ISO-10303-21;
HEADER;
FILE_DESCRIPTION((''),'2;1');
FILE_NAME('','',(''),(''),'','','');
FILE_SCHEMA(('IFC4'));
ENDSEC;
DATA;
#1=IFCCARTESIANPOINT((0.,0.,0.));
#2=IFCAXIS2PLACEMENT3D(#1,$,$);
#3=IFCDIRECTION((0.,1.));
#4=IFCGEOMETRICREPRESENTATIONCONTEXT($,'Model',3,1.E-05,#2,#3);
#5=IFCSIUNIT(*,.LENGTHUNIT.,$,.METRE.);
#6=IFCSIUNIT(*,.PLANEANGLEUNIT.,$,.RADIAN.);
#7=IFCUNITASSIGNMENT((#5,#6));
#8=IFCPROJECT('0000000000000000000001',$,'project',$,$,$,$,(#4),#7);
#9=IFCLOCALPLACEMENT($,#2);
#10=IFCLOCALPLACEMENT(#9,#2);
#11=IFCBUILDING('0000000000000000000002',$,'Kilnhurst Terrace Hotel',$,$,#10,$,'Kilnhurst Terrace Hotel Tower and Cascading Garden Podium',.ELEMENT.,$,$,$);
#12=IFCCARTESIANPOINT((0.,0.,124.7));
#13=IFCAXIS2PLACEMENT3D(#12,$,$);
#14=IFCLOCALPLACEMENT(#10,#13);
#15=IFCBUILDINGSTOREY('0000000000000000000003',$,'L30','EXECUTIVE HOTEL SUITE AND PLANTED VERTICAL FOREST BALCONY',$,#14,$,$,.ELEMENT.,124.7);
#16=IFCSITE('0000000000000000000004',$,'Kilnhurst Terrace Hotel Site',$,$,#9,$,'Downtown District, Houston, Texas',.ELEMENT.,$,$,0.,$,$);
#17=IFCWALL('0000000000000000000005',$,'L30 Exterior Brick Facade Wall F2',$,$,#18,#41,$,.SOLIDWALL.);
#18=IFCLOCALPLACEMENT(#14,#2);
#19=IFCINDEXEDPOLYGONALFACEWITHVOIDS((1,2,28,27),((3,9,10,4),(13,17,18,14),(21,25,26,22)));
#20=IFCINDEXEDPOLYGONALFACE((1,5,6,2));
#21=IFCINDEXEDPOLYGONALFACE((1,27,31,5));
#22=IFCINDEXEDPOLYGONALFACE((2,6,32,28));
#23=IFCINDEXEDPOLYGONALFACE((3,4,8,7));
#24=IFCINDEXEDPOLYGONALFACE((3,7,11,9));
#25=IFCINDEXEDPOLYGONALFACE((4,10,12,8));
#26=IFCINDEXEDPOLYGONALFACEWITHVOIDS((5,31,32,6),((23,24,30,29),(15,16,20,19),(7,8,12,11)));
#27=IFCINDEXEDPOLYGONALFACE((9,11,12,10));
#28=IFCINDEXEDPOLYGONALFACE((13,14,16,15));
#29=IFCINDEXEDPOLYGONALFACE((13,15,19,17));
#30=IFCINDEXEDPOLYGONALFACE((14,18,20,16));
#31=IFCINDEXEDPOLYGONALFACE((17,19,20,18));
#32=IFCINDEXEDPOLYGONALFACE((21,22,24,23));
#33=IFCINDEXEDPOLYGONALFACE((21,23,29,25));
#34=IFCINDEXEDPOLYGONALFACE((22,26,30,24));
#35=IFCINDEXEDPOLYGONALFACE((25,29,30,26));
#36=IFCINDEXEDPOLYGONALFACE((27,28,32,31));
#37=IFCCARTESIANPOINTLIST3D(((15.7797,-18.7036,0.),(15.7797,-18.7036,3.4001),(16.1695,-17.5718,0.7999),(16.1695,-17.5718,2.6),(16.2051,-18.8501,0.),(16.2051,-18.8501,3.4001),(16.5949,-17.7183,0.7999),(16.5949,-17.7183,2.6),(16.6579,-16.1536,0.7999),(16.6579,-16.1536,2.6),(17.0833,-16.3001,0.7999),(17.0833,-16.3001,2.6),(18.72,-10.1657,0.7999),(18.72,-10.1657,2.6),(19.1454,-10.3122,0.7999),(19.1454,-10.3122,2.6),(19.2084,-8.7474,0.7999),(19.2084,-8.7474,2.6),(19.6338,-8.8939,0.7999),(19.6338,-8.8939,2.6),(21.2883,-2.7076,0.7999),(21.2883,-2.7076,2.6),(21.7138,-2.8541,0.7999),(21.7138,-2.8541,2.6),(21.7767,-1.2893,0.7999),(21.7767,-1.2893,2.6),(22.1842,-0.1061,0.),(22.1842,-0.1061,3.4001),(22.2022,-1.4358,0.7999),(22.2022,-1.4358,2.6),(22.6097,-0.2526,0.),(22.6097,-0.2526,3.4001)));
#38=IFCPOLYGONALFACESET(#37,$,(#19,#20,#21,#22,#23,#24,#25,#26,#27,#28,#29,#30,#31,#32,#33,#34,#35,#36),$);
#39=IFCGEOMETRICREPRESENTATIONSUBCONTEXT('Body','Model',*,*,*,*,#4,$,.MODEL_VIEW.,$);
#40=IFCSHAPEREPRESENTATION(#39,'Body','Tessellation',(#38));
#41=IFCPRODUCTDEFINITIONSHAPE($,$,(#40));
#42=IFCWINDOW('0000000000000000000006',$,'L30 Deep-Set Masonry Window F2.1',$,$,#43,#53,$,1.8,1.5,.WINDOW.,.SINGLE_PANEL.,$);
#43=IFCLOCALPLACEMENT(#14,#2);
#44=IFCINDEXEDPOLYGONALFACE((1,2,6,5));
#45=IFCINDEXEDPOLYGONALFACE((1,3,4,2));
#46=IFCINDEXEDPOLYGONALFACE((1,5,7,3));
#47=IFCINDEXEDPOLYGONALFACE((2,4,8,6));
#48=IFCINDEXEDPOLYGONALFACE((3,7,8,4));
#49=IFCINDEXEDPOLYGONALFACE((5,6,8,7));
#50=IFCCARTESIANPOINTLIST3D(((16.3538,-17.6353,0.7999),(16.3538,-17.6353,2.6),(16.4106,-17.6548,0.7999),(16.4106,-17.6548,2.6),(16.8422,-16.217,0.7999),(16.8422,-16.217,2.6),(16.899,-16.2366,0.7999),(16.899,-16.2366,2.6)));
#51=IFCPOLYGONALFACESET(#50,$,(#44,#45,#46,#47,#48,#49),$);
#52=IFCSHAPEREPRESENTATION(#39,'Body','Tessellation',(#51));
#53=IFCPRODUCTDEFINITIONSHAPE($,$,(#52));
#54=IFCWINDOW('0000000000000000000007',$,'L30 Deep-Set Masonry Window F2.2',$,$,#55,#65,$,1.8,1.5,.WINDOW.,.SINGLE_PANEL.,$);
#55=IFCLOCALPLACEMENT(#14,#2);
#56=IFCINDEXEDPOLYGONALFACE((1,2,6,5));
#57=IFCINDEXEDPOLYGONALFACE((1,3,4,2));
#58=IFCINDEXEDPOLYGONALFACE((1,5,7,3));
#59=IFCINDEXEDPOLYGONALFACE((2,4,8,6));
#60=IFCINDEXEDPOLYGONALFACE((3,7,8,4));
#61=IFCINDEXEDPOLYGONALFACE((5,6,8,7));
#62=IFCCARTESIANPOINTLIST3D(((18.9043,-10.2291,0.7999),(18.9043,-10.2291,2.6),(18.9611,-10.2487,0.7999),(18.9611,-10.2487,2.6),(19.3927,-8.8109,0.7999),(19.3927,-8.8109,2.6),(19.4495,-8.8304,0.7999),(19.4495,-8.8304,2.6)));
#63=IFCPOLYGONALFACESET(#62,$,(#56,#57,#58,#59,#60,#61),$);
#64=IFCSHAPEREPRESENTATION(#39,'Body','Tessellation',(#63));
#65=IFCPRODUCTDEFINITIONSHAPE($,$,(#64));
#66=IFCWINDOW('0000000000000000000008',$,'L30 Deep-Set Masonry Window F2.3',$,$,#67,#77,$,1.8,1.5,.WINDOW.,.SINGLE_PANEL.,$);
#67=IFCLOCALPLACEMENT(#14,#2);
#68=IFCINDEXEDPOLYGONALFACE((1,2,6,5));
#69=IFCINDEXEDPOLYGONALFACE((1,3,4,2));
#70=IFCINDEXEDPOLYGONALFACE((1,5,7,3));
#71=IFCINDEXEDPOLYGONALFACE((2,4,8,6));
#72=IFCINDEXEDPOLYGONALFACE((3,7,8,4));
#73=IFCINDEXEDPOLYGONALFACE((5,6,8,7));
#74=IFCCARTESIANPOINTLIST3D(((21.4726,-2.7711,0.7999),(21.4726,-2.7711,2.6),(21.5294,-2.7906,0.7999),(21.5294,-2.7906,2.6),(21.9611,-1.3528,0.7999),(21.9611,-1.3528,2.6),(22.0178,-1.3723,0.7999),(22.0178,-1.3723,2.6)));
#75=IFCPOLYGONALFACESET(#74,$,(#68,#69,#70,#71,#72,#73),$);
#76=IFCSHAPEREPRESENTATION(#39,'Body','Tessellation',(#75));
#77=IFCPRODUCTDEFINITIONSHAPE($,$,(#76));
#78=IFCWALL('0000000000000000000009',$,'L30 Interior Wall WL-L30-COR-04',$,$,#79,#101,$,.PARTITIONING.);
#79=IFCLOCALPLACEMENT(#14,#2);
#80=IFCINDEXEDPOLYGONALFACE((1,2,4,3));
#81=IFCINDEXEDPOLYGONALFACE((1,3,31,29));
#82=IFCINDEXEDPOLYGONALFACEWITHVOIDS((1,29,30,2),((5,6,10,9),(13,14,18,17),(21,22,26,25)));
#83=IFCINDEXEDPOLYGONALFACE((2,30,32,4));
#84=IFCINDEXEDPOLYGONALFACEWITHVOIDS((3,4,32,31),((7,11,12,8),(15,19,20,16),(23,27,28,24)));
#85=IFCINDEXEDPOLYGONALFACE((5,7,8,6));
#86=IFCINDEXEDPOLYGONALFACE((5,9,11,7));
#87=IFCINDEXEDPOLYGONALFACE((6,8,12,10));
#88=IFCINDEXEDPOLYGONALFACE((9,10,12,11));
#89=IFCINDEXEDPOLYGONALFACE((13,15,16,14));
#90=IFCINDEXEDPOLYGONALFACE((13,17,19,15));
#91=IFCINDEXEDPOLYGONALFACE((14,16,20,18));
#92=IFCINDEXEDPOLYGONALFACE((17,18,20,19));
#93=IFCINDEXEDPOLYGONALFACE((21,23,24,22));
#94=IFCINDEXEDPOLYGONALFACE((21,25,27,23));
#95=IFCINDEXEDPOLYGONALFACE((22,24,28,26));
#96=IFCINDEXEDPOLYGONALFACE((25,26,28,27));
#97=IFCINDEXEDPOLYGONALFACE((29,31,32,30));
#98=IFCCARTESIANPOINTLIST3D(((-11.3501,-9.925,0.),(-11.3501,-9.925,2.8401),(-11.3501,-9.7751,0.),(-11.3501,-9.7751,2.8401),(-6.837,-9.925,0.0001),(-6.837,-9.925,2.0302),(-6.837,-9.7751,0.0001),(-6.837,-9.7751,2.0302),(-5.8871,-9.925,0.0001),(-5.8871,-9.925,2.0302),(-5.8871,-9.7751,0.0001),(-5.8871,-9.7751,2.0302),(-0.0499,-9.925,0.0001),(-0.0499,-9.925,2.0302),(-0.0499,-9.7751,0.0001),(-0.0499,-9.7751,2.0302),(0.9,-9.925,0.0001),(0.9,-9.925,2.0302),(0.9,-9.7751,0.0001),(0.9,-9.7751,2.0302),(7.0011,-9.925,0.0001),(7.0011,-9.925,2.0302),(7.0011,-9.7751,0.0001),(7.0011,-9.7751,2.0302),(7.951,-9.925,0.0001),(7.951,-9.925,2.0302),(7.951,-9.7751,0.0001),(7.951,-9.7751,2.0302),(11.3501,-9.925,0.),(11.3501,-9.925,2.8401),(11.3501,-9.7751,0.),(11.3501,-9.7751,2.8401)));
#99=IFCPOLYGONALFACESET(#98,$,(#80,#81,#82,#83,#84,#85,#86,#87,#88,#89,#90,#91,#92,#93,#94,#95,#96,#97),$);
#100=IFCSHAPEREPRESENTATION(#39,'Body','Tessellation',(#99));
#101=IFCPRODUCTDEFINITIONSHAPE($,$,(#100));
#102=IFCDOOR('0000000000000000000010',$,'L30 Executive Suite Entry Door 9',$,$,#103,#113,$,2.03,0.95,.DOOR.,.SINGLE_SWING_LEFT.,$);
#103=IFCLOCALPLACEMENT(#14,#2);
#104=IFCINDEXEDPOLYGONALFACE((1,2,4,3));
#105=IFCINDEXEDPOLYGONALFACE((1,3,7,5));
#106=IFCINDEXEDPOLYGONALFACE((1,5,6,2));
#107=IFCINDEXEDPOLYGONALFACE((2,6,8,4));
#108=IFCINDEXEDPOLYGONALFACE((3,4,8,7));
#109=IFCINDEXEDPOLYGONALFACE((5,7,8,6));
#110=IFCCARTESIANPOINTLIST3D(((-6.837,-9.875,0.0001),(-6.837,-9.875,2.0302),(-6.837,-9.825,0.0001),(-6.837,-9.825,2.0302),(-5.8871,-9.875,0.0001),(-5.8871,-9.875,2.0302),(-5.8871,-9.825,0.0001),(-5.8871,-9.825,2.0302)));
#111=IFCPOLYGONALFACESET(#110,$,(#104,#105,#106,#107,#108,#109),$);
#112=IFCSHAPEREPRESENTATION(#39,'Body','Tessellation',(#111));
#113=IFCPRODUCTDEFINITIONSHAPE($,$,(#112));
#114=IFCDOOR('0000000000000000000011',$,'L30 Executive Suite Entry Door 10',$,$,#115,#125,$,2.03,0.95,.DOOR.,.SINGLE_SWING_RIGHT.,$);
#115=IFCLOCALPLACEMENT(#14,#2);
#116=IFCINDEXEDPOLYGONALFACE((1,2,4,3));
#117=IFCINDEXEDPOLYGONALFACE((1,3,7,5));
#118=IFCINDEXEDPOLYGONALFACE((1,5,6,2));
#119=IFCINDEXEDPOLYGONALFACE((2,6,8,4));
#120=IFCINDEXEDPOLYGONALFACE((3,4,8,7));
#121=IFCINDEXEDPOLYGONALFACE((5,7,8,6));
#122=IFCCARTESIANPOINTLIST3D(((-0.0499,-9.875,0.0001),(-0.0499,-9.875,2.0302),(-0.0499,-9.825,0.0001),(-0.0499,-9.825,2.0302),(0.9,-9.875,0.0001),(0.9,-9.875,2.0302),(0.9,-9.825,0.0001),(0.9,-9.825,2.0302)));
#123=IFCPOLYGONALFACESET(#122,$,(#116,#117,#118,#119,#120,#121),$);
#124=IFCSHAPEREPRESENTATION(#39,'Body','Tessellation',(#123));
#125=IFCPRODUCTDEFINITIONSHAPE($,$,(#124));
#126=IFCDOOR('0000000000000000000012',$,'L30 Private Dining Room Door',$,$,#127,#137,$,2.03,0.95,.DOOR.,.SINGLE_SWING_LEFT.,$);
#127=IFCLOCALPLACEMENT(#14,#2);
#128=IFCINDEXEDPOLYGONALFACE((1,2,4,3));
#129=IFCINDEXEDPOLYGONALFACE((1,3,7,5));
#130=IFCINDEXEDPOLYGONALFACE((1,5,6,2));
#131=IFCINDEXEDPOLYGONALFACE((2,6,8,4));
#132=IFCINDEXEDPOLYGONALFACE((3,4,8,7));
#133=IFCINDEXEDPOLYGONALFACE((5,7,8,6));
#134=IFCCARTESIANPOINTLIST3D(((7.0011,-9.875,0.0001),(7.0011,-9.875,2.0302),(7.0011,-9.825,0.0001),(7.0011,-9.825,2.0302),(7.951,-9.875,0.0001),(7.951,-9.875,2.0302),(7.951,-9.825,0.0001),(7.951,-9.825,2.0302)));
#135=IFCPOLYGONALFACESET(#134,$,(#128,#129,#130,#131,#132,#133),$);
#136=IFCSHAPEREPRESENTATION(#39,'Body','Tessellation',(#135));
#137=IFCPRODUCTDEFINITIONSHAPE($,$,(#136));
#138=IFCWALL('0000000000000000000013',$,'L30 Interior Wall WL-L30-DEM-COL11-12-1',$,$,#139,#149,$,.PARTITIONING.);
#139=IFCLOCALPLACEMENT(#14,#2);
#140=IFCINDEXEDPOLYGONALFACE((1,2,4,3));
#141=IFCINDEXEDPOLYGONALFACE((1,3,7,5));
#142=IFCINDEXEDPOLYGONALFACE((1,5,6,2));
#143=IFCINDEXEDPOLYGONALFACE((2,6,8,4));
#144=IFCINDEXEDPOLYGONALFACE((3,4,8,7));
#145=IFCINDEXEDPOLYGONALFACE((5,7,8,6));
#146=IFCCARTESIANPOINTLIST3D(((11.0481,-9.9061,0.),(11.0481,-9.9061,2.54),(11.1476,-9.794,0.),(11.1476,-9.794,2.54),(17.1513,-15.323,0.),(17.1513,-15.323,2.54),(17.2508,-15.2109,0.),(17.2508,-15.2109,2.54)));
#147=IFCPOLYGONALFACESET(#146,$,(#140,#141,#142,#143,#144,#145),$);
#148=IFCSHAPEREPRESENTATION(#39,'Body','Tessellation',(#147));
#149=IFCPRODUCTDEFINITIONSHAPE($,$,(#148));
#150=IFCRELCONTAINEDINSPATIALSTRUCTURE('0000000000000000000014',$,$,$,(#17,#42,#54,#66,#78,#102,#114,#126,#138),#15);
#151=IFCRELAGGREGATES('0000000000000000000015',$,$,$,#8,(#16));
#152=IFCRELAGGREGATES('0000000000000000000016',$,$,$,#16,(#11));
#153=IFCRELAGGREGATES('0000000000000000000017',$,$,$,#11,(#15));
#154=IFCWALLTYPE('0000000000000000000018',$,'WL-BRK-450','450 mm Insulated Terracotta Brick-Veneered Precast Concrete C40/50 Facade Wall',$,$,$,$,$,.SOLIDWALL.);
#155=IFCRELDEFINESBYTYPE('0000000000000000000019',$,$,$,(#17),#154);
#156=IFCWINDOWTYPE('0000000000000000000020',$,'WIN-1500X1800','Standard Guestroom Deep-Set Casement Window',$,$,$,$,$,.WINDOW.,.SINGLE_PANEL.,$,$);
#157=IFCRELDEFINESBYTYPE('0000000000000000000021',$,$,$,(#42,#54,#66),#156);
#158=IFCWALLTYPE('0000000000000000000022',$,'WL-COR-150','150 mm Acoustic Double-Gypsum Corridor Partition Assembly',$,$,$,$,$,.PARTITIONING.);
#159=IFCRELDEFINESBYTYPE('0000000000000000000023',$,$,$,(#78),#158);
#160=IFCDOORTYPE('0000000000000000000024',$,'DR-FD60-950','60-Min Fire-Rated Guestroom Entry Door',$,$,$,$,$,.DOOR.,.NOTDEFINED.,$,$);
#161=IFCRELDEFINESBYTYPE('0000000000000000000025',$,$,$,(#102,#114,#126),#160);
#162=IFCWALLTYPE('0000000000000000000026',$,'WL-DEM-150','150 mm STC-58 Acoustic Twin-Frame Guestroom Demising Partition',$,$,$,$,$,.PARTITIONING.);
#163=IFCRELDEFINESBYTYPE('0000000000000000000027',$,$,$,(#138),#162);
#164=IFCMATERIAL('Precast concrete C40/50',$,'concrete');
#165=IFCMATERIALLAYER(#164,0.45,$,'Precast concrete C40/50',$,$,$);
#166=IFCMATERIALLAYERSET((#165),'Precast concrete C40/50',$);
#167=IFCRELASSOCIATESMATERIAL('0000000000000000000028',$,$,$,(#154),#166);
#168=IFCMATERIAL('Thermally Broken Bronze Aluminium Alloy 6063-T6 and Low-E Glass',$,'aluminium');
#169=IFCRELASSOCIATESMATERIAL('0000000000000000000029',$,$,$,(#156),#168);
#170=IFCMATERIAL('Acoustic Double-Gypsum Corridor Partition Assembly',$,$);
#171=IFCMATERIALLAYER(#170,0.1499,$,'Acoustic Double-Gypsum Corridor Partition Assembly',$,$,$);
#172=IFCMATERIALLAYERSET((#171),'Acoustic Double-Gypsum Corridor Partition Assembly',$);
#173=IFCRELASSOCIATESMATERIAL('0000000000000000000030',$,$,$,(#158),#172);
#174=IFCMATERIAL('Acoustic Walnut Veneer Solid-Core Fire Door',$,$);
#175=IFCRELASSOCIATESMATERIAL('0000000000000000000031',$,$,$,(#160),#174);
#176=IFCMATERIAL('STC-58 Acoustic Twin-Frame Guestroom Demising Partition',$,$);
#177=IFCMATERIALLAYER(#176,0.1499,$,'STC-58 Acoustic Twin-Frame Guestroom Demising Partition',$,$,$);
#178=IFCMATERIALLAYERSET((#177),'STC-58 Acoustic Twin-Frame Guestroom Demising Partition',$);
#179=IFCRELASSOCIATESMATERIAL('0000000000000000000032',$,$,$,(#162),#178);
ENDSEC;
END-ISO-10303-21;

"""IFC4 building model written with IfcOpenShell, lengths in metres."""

from ifc_helpers import new_model, si_unit, direction, frame, frame_2d, origin, place, context, subcontext, project, spatial, rectangle, extrude, material, layer, layer_set, type_object, element, fill, save


model = new_model("IFC4")

# Units and contexts
model_context = context("Model", 3, precision=1e-05, world=origin(), true_north=direction((0.0, 1.0)))
body_context = subcontext(model_context, "Body", "Model", "MODEL_VIEW")
ifc_project = project(units=[si_unit("LENGTHUNIT", "METRE"), si_unit("PLANEANGLEUNIT", "RADIAN")], contexts=[model_context])

# Site, building, storey
site_placement = place(None, origin())
site = spatial("IfcSite", under=ifc_project, at=site_placement, Name="Kilnhurst Terrace Hotel Site", LongName="Downtown District, Houston, Texas", CompositionType="ELEMENT", RefElevation=0.0)
building_placement = place(site_placement, origin())
building = spatial("IfcBuilding", under=site, at=building_placement, Name="Kilnhurst Terrace Hotel", LongName="Kilnhurst Terrace Hotel Tower and Cascading Garden Podium", CompositionType="ELEMENT")
storey_placement = place(building_placement, frame((0.0, 0.0, 124.7)))
storey = spatial("IfcBuildingStorey", under=building, at=storey_placement, Name="L30", Description="EXECUTIVE HOTEL SUITE AND PLANTED VERTICAL FOREST BALCONY", CompositionType="ELEMENT", Elevation=124.7)

# Shared definitions
ifc_material_1 = material(Name="Precast concrete C40/50", Category="concrete")
ifc_layer_1 = layer(ifc_material_1, 0.45, Name="Precast concrete C40/50")
ifc_layer_set_1 = layer_set([ifc_layer_1], Name="Precast concrete C40/50")
wall_type_1 = type_object("IfcWallType", Name="WL-BRK-450", Description="450 mm Insulated Terracotta Brick-Veneered Precast Concrete C40/50 Facade Wall", PredefinedType="SOLIDWALL", material=ifc_layer_set_1)

# Wall, openings, windows
wall_1_placement = place(storey_placement, frame((15.9924, -18.7769, 0.0), z_axis=(0.0, 0.0, 1.0), x_axis=(0.325607, 0.945505, 0.0)))
wall_1 = element("IfcWall", 1, at=wall_1_placement, inside=storey, type_object=wall_type_1, Name="L30 Exterior Brick Facade Wall F2", PredefinedType="SOLIDWALL", context=body_context, shape_type="SweptSolid", body=[
    extrude(rectangle(XDim=19.6694, YDim=0.45, at=frame_2d((9.8347, 0.0))), origin(), (0.0, 0.0, 1.0), 3.4001),
])
opening_1_placement = place(wall_1_placement, frame((1.197, 0.0, 0.8)))
opening_1 = element("IfcOpeningElement", 2, at=opening_1_placement, cuts=wall_1, PredefinedType="OPENING", context=body_context, shape_type="SweptSolid", body=[
    extrude(rectangle(XDim=1.5, YDim=1.8, at=frame_2d((0.75, 0.8999))), frame((0.0, 0.2349, 0.0), z_axis=(0.0, -1.0, 0.0), x_axis=(1.0, 0.0, 0.0)), (0.0, 0.0, 1.0), 0.47),
])
opening_2_placement = place(wall_1_placement, frame((9.03, 0.0, 0.8)))
opening_2 = element("IfcOpeningElement", 3, at=opening_2_placement, cuts=wall_1, PredefinedType="OPENING", context=body_context, shape_type="SweptSolid", body=[
    extrude(rectangle(XDim=1.5, YDim=1.8, at=frame_2d((0.75, 0.8999))), frame((0.0, 0.2349, 0.0), z_axis=(0.0, -1.0, 0.0), x_axis=(1.0, 0.0, 0.0)), (0.0, 0.0, 1.0), 0.47),
])
opening_3_placement = place(wall_1_placement, frame((16.918, 0.0, 0.8)))
opening_3 = element("IfcOpeningElement", 4, at=opening_3_placement, cuts=wall_1, PredefinedType="OPENING", context=body_context, shape_type="SweptSolid", body=[
    extrude(rectangle(XDim=1.5, YDim=1.8, at=frame_2d((0.75, 0.8999))), frame((0.0, 0.2349, 0.0), z_axis=(0.0, -1.0, 0.0), x_axis=(1.0, 0.0, 0.0)), (0.0, 0.0, 1.0), 0.47),
])
ifc_material_2 = material(Name="Thermally Broken Bronze Aluminium Alloy 6063-T6 and Low-E Glass", Category="aluminium")
window_type = type_object("IfcWindowType", Name="WIN-1500X1800", Description="Standard Guestroom Deep-Set Casement Window", PartitioningType="SINGLE_PANEL", PredefinedType="WINDOW", material=ifc_material_2)
window_1_placement = place(opening_1_placement, origin())
window_1 = element("IfcWindow", 5, at=window_1_placement, inside=storey, type_object=window_type, Name="L30 Deep-Set Masonry Window F2.1", OverallHeight=1.8, OverallWidth=1.5, PartitioningType="SINGLE_PANEL", PredefinedType="WINDOW", context=body_context, shape_type="SweptSolid", body=[
    extrude(rectangle(XDim=1.5, YDim=1.8, at=frame_2d((0.75, 0.8999))), frame((0.0, 0.03, 0.0), z_axis=(0.0, -1.0, 0.0), x_axis=(1.0, 0.0, 0.0)), (0.0, 0.0, 1.0), 0.0601),
])
fill(opening_1, window_1)
window_2_placement = place(opening_2_placement, origin())
window_2 = element("IfcWindow", 6, at=window_2_placement, inside=storey, type_object=window_type, Name="L30 Deep-Set Masonry Window F2.2", OverallHeight=1.8, OverallWidth=1.5, PartitioningType="SINGLE_PANEL", PredefinedType="WINDOW", context=body_context, shape_type="SweptSolid", body=[
    extrude(rectangle(XDim=1.5, YDim=1.8, at=frame_2d((0.75, 0.8999))), frame((0.0, 0.03, 0.0), z_axis=(0.0, -1.0, 0.0), x_axis=(1.0, 0.0, 0.0)), (0.0, 0.0, 1.0), 0.0601),
])
fill(opening_2, window_2)
window_3_placement = place(opening_3_placement, origin())
window_3 = element("IfcWindow", 7, at=window_3_placement, inside=storey, type_object=window_type, Name="L30 Deep-Set Masonry Window F2.3", OverallHeight=1.8, OverallWidth=1.5, PartitioningType="SINGLE_PANEL", PredefinedType="WINDOW", context=body_context, shape_type="SweptSolid", body=[
    extrude(rectangle(XDim=1.5, YDim=1.8, at=frame_2d((0.75, 0.8999))), frame((0.0, 0.03, 0.0), z_axis=(0.0, -1.0, 0.0), x_axis=(1.0, 0.0, 0.0)), (0.0, 0.0, 1.0), 0.0601),
])
fill(opening_3, window_3)

# Wall, openings, doors
ifc_material_3 = material(Name="Acoustic Double-Gypsum Corridor Partition Assembly")
ifc_layer_2 = layer(ifc_material_3, 0.1499, Name="Acoustic Double-Gypsum Corridor Partition Assembly")
ifc_layer_set_2 = layer_set([ifc_layer_2], Name="Acoustic Double-Gypsum Corridor Partition Assembly")
wall_type_2 = type_object("IfcWallType", Name="WL-COR-150", Description="150 mm Acoustic Double-Gypsum Corridor Partition Assembly", PredefinedType="PARTITIONING", material=ifc_layer_set_2)
wall_2_placement = place(storey_placement, frame((11.3501, -9.8501, 0.0), z_axis=(0.0, 0.0, 1.0), x_axis=(-1.0, 0.0, 0.0)))
wall_2 = element("IfcWall", 8, at=wall_2_placement, inside=storey, type_object=wall_type_2, Name="L30 Interior Wall WL-L30-COR-04", PredefinedType="PARTITIONING", context=body_context, shape_type="SweptSolid", body=[
    extrude(rectangle(XDim=22.7002, YDim=0.1499, at=frame_2d((11.3501, 0.0))), origin(), (0.0, 0.0, 1.0), 2.8401),
])
opening_4_placement = place(wall_2_placement, frame((17.2371, 0.0, 0.0)))
opening_4 = element("IfcOpeningElement", 9, at=opening_4_placement, cuts=wall_2, PredefinedType="OPENING", context=body_context, shape_type="SweptSolid", body=[
    extrude(rectangle(XDim=0.95, YDim=2.03, at=frame_2d((0.4751, 1.0151))), frame((0.0, 0.085, 0.0), z_axis=(0.0, -1.0, 0.0), x_axis=(1.0, 0.0, 0.0)), (0.0, 0.0, 1.0), 0.1699),
])
opening_5_placement = place(wall_2_placement, frame((10.45, 0.0, 0.0)))
opening_5 = element("IfcOpeningElement", 10, at=opening_5_placement, cuts=wall_2, PredefinedType="OPENING", context=body_context, shape_type="SweptSolid", body=[
    extrude(rectangle(XDim=0.95, YDim=2.03, at=frame_2d((0.4751, 1.0151))), frame((0.0, 0.085, 0.0), z_axis=(0.0, -1.0, 0.0), x_axis=(1.0, 0.0, 0.0)), (0.0, 0.0, 1.0), 0.1699),
])
opening_6_placement = place(wall_2_placement, frame((3.3989, 0.0, 0.0)))
opening_6 = element("IfcOpeningElement", 11, at=opening_6_placement, cuts=wall_2, PredefinedType="OPENING", context=body_context, shape_type="SweptSolid", body=[
    extrude(rectangle(XDim=0.95, YDim=2.03, at=frame_2d((0.4751, 1.0151))), frame((0.0, 0.085, 0.0), z_axis=(0.0, -1.0, 0.0), x_axis=(1.0, 0.0, 0.0)), (0.0, 0.0, 1.0), 0.1699),
])
ifc_material_4 = material(Name="Acoustic Walnut Veneer Solid-Core Fire Door")
door_type_1 = type_object("IfcDoorType", Name="DR-FD60-950", Description="60-Min Fire-Rated Guestroom Entry Door", OperationType="NOTDEFINED", PredefinedType="DOOR", material=ifc_material_4)
door_1_placement = place(opening_4_placement, origin())
door_1 = element("IfcDoor", 12, at=door_1_placement, inside=storey, type_object=door_type_1, Name="L30 Executive Suite Entry Door 9", OperationType="SINGLE_SWING_LEFT", OverallHeight=2.03, OverallWidth=0.95, PredefinedType="DOOR", context=body_context, shape_type="SweptSolid", body=[
    extrude(rectangle(XDim=0.95, YDim=2.03, at=frame_2d((0.4751, 1.0151))), frame((0.0, 0.0249, 0.0), z_axis=(0.0, -1.0, 0.0), x_axis=(1.0, 0.0, 0.0)), (0.0, 0.0, 1.0), 0.05),
])
fill(opening_4, door_1)
door_2_placement = place(opening_5_placement, origin())
door_2 = element("IfcDoor", 13, at=door_2_placement, inside=storey, type_object=door_type_1, Name="L30 Executive Suite Entry Door 10", OperationType="SINGLE_SWING_RIGHT", OverallHeight=2.03, OverallWidth=0.95, PredefinedType="DOOR", context=body_context, shape_type="SweptSolid", body=[
    extrude(rectangle(XDim=0.95, YDim=2.03, at=frame_2d((0.4751, 1.0151))), frame((0.0, 0.0249, 0.0), z_axis=(0.0, -1.0, 0.0), x_axis=(1.0, 0.0, 0.0)), (0.0, 0.0, 1.0), 0.05),
])
fill(opening_5, door_2)
door_3_placement = place(opening_6_placement, origin())
door_3 = element("IfcDoor", 14, at=door_3_placement, inside=storey, type_object=door_type_1, Name="L30 Private Dining Room Door", OperationType="SINGLE_SWING_LEFT", OverallHeight=2.03, OverallWidth=0.95, PredefinedType="DOOR", context=body_context, shape_type="SweptSolid", body=[
    extrude(rectangle(XDim=0.95, YDim=2.03, at=frame_2d((0.4751, 1.0151))), frame((0.0, 0.0249, 0.0), z_axis=(0.0, -1.0, 0.0), x_axis=(1.0, 0.0, 0.0)), (0.0, 0.0, 1.0), 0.05),
])
fill(opening_6, door_3)

# Wall
ifc_material_5 = material(Name="STC-58 Acoustic Twin-Frame Guestroom Demising Partition")
ifc_layer_3 = layer(ifc_material_5, 0.1499, Name="STC-58 Acoustic Twin-Frame Guestroom Demising Partition")
ifc_layer_set_3 = layer_set([ifc_layer_3], Name="STC-58 Acoustic Twin-Frame Guestroom Demising Partition")
wall_type_3 = type_object("IfcWallType", Name="WL-DEM-150", Description="150 mm STC-58 Acoustic Twin-Frame Guestroom Demising Partition", PredefinedType="PARTITIONING", material=ifc_layer_set_3)
wall_3_placement = place(storey_placement, frame((11.0979, -9.8501, 0.0), z_axis=(0.0, 0.0, 1.0), x_axis=(0.747904, -0.663807, 0.0)))
element("IfcWall", 15, at=wall_3_placement, inside=storey, type_object=wall_type_3, Name="L30 Interior Wall WL-L30-DEM-COL11-12-1", PredefinedType="PARTITIONING", context=body_context, shape_type="SweptSolid", body=[
    extrude(rectangle(XDim=8.1604, YDim=0.1499, at=frame_2d((4.0801, 0.0))), origin(), (0.0, 0.0, 1.0), 2.54),
])

save(model, "model.ifc")
